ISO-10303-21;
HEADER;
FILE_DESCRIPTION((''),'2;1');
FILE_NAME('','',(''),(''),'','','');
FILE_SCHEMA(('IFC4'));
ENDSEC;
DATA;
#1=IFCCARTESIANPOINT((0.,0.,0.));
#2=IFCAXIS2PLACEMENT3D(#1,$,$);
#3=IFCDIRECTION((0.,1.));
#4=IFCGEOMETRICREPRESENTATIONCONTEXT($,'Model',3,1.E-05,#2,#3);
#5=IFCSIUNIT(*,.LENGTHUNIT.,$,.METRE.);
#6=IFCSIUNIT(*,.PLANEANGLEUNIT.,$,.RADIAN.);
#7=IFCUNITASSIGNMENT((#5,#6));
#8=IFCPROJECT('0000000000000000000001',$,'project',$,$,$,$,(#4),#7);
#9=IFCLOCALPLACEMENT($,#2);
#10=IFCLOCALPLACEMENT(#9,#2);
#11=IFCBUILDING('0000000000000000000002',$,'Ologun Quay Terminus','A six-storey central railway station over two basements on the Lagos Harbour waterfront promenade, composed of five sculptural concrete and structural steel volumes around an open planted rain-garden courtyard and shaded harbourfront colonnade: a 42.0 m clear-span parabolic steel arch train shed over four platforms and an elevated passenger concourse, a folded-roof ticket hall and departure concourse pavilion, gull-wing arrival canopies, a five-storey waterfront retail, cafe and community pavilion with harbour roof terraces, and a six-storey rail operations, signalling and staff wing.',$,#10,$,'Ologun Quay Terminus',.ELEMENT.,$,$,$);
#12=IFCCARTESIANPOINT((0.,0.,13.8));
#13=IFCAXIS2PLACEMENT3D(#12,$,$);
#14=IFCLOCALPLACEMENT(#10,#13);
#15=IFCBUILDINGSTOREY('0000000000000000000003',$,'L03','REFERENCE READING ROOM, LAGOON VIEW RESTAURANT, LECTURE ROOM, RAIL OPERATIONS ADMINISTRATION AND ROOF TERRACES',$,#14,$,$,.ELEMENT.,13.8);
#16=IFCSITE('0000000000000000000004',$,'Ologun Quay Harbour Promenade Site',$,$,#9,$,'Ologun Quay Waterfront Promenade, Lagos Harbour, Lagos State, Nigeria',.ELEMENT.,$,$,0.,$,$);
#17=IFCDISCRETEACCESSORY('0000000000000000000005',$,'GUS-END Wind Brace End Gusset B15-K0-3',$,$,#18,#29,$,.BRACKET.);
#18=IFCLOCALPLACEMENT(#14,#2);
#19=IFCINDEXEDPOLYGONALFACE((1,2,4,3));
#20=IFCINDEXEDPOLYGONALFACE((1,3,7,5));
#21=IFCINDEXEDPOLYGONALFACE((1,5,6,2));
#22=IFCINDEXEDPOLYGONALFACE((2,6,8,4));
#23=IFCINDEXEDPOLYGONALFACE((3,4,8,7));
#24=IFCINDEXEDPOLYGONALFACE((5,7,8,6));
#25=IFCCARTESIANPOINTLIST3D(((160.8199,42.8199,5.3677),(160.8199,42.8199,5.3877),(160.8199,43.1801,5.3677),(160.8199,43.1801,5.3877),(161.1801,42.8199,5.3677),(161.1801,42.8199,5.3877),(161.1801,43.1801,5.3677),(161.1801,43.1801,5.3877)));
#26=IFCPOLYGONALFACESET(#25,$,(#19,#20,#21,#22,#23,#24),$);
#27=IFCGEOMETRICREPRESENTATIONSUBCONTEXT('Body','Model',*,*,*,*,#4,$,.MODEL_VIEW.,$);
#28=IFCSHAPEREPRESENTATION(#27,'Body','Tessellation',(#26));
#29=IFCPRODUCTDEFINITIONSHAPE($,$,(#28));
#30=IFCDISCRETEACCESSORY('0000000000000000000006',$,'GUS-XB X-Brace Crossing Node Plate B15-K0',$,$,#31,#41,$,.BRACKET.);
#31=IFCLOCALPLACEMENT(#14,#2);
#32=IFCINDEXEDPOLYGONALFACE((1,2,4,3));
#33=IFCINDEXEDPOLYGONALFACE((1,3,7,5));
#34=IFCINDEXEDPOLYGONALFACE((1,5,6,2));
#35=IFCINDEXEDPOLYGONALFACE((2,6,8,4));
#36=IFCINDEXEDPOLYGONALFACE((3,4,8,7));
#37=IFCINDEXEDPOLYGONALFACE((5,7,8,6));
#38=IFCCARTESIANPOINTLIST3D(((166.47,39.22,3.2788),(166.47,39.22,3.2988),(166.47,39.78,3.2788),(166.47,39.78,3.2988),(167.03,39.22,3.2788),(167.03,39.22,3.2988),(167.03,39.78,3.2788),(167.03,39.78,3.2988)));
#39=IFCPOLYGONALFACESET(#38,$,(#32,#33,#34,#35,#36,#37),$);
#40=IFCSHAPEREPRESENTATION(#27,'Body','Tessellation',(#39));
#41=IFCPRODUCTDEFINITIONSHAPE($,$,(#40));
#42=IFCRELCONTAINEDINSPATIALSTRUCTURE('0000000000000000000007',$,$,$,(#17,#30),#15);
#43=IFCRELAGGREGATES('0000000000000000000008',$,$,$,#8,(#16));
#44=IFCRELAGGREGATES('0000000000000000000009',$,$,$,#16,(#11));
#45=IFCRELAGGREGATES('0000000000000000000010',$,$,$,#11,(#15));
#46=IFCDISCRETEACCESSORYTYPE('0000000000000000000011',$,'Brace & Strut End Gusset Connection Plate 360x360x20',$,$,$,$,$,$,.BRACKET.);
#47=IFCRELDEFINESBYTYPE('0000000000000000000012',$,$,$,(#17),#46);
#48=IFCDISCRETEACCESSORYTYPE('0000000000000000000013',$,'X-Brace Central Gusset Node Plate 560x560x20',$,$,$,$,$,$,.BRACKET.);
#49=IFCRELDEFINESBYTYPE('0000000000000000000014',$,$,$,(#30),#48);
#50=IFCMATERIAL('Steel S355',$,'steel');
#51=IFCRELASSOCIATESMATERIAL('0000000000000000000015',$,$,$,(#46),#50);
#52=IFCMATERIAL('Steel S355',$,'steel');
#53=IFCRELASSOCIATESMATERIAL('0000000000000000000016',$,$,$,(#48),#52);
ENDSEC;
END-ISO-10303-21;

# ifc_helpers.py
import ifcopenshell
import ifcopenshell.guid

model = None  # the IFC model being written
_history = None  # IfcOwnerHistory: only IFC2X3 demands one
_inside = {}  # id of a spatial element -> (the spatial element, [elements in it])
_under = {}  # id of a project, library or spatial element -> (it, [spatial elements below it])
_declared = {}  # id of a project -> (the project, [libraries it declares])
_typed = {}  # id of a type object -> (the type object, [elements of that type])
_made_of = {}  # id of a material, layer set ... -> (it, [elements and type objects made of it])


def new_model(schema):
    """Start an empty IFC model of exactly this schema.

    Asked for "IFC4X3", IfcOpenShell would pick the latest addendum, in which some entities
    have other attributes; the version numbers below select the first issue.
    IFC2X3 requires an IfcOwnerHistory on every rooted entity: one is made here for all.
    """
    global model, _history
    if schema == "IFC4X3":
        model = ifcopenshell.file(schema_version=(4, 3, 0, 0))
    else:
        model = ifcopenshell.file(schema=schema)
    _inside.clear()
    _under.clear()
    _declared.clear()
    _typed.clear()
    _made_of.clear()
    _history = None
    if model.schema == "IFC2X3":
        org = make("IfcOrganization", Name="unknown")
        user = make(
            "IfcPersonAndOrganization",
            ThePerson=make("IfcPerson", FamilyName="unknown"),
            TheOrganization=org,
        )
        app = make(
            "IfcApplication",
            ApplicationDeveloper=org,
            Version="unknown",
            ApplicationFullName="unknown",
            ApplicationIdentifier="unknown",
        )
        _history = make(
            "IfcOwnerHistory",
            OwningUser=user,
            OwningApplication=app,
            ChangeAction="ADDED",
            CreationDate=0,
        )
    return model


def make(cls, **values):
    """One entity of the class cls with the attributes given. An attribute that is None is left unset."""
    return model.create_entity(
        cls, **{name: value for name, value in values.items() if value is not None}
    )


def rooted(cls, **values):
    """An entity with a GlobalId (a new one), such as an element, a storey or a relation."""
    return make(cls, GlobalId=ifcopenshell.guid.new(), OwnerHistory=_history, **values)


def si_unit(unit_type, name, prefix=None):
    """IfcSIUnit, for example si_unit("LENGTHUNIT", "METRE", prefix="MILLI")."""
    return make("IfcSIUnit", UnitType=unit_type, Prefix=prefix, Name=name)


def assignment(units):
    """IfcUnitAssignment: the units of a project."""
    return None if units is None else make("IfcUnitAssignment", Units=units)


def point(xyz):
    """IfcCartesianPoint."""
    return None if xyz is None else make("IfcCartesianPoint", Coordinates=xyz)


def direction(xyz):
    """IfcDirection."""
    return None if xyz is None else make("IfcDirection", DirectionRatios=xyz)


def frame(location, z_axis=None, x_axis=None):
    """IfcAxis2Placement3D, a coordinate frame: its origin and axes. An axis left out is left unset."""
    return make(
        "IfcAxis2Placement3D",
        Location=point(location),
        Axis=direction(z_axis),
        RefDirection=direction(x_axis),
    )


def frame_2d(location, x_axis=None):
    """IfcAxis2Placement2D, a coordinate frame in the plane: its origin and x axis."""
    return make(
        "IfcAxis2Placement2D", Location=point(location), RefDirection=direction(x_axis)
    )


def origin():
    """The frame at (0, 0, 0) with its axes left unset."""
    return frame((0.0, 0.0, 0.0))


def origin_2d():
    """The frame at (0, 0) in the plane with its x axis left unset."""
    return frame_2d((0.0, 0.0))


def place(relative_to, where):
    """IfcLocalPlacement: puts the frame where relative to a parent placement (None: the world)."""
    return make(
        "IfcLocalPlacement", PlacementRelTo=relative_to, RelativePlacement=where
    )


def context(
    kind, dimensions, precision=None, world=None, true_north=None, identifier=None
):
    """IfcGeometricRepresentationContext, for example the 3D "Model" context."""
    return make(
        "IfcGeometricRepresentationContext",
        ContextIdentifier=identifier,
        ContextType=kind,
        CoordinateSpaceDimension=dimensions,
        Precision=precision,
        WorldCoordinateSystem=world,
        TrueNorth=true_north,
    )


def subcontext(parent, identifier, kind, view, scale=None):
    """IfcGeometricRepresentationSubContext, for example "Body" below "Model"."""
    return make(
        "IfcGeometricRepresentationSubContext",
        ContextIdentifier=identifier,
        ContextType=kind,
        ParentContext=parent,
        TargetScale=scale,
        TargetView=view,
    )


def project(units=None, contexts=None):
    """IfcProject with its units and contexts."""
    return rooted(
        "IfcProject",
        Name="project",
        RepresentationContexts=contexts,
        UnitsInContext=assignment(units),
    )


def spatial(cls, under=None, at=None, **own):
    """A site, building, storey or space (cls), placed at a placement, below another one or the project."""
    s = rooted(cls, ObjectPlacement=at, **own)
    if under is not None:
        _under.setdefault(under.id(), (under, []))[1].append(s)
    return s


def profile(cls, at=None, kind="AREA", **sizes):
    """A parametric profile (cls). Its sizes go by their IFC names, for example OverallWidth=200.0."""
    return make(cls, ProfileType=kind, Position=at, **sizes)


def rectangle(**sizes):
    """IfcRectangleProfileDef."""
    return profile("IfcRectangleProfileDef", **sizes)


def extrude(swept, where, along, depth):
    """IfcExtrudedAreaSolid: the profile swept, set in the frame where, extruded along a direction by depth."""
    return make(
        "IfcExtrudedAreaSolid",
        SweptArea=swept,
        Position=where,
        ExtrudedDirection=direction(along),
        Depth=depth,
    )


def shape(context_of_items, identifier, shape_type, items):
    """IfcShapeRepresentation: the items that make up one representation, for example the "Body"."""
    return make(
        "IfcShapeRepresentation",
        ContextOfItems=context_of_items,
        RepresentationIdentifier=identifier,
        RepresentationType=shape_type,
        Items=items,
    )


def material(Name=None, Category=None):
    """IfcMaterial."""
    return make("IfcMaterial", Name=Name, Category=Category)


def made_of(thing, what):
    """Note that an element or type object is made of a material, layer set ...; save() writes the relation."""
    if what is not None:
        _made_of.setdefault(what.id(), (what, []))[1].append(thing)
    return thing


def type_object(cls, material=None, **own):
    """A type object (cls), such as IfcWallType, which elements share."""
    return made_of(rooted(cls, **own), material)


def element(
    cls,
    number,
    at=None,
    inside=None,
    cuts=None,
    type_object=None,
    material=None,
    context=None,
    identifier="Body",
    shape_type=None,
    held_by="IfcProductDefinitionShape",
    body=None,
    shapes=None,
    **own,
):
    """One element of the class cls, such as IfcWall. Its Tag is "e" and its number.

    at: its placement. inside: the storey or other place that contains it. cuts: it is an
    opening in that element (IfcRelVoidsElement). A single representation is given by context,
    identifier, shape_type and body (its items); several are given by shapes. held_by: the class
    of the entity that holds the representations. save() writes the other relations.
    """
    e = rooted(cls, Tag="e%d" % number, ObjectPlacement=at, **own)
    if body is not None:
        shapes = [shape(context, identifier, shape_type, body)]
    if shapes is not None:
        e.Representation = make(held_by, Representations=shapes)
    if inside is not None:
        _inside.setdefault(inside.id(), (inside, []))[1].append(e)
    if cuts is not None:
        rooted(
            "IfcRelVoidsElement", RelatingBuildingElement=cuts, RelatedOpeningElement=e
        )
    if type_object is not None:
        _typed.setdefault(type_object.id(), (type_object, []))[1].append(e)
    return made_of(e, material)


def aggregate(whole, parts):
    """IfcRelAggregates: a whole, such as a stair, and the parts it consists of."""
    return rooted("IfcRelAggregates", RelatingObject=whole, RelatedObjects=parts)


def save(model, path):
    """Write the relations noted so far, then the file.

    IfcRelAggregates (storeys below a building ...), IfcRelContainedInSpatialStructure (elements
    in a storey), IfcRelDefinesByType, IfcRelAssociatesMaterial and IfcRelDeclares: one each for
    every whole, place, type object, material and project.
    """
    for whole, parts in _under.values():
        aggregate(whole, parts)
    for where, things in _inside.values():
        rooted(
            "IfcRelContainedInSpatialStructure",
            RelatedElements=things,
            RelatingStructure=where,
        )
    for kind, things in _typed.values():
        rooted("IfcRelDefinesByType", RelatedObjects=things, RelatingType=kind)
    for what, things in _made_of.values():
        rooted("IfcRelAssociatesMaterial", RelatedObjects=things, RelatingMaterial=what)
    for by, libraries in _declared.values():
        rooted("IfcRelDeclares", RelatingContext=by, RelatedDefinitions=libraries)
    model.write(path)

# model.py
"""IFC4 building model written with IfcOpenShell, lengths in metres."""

from ifc_helpers import new_model, si_unit, direction, frame, origin, origin_2d, place, context, subcontext, project, spatial, rectangle, extrude, material, type_object, element, save


model = new_model("IFC4")

# Units and contexts
model_context = context("Model", 3, precision=1e-05, world=origin(), true_north=direction((0.0, 1.0)))
body_context = subcontext(model_context, "Body", "Model", "MODEL_VIEW")
ifc_project = project(units=[si_unit("LENGTHUNIT", "METRE"), si_unit("PLANEANGLEUNIT", "RADIAN")], contexts=[model_context])

# Site, building, storey
site_placement = place(None, origin())
site = spatial("IfcSite", under=ifc_project, at=site_placement, Name="Ologun Quay Harbour Promenade Site", LongName="Ologun Quay Waterfront Promenade, Lagos Harbour, Lagos State, Nigeria", CompositionType="ELEMENT", RefElevation=0.0)
building_placement = place(site_placement, origin())
building = spatial("IfcBuilding", under=site, at=building_placement, Name="Ologun Quay Terminus", Description="A six-storey central railway station over two basements on the Lagos Harbour waterfront promenade, composed of five sculptural concrete and structural steel volumes around an open planted rain-garden courtyard and shaded harbourfront colonnade: a 42.0 m clear-span parabolic steel arch train shed over four platforms and an elevated passenger concourse, a folded-roof ticket hall and departure concourse pavilion, gull-wing arrival canopies, a five-storey waterfront retail, cafe and community pavilion with harbour roof terraces, and a six-storey rail operations, signalling and staff wing.", LongName="Ologun Quay Terminus", CompositionType="ELEMENT")
storey_placement = place(building_placement, frame((0.0, 0.0, 13.8)))
storey = spatial("IfcBuildingStorey", under=building, at=storey_placement, Name="L03", Description="REFERENCE READING ROOM, LAGOON VIEW RESTAURANT, LECTURE ROOM, RAIL OPERATIONS ADMINISTRATION AND ROOF TERRACES", CompositionType="ELEMENT", Elevation=13.8)

# Discrete accessories
ifc_material_1 = material(Name="Steel S355", Category="steel")
discrete_accessory_type_1 = type_object("IfcDiscreteAccessoryType", Name="Brace & Strut End Gusset Connection Plate 360x360x20", PredefinedType="BRACKET", material=ifc_material_1)
discrete_accessory_1_placement = place(storey_placement, frame((161.0, 43.0, 5.3677), z_axis=(0.0, 0.0, 1.0), x_axis=(1.0, 0.0, 0.0)))
element("IfcDiscreteAccessory", 1, at=discrete_accessory_1_placement, inside=storey, type_object=discrete_accessory_type_1, Name="GUS-END Wind Brace End Gusset B15-K0-3", PredefinedType="BRACKET", context=body_context, shape_type="SweptSolid", body=[
    extrude(rectangle(XDim=0.3601, YDim=0.3601, at=origin_2d()), origin(), (0.0, 0.0, 1.0), 0.02),
])
ifc_material_2 = material(Name="Steel S355", Category="steel")
discrete_accessory_type_2 = type_object("IfcDiscreteAccessoryType", Name="X-Brace Central Gusset Node Plate 560x560x20", PredefinedType="BRACKET", material=ifc_material_2)
discrete_accessory_2_placement = place(storey_placement, frame((166.75, 39.5, 3.2788), z_axis=(0.0, 0.0, 1.0), x_axis=(1.0, 0.0, 0.0)))
element("IfcDiscreteAccessory", 2, at=discrete_accessory_2_placement, inside=storey, type_object=discrete_accessory_type_2, Name="GUS-XB X-Brace Crossing Node Plate B15-K0", PredefinedType="BRACKET", context=body_context, shape_type="SweptSolid", body=[
    extrude(rectangle(XDim=0.5601, YDim=0.5601, at=origin_2d()), origin(), (0.0, 0.0, 1.0), 0.02),
])

save(model, "model.ifc")
